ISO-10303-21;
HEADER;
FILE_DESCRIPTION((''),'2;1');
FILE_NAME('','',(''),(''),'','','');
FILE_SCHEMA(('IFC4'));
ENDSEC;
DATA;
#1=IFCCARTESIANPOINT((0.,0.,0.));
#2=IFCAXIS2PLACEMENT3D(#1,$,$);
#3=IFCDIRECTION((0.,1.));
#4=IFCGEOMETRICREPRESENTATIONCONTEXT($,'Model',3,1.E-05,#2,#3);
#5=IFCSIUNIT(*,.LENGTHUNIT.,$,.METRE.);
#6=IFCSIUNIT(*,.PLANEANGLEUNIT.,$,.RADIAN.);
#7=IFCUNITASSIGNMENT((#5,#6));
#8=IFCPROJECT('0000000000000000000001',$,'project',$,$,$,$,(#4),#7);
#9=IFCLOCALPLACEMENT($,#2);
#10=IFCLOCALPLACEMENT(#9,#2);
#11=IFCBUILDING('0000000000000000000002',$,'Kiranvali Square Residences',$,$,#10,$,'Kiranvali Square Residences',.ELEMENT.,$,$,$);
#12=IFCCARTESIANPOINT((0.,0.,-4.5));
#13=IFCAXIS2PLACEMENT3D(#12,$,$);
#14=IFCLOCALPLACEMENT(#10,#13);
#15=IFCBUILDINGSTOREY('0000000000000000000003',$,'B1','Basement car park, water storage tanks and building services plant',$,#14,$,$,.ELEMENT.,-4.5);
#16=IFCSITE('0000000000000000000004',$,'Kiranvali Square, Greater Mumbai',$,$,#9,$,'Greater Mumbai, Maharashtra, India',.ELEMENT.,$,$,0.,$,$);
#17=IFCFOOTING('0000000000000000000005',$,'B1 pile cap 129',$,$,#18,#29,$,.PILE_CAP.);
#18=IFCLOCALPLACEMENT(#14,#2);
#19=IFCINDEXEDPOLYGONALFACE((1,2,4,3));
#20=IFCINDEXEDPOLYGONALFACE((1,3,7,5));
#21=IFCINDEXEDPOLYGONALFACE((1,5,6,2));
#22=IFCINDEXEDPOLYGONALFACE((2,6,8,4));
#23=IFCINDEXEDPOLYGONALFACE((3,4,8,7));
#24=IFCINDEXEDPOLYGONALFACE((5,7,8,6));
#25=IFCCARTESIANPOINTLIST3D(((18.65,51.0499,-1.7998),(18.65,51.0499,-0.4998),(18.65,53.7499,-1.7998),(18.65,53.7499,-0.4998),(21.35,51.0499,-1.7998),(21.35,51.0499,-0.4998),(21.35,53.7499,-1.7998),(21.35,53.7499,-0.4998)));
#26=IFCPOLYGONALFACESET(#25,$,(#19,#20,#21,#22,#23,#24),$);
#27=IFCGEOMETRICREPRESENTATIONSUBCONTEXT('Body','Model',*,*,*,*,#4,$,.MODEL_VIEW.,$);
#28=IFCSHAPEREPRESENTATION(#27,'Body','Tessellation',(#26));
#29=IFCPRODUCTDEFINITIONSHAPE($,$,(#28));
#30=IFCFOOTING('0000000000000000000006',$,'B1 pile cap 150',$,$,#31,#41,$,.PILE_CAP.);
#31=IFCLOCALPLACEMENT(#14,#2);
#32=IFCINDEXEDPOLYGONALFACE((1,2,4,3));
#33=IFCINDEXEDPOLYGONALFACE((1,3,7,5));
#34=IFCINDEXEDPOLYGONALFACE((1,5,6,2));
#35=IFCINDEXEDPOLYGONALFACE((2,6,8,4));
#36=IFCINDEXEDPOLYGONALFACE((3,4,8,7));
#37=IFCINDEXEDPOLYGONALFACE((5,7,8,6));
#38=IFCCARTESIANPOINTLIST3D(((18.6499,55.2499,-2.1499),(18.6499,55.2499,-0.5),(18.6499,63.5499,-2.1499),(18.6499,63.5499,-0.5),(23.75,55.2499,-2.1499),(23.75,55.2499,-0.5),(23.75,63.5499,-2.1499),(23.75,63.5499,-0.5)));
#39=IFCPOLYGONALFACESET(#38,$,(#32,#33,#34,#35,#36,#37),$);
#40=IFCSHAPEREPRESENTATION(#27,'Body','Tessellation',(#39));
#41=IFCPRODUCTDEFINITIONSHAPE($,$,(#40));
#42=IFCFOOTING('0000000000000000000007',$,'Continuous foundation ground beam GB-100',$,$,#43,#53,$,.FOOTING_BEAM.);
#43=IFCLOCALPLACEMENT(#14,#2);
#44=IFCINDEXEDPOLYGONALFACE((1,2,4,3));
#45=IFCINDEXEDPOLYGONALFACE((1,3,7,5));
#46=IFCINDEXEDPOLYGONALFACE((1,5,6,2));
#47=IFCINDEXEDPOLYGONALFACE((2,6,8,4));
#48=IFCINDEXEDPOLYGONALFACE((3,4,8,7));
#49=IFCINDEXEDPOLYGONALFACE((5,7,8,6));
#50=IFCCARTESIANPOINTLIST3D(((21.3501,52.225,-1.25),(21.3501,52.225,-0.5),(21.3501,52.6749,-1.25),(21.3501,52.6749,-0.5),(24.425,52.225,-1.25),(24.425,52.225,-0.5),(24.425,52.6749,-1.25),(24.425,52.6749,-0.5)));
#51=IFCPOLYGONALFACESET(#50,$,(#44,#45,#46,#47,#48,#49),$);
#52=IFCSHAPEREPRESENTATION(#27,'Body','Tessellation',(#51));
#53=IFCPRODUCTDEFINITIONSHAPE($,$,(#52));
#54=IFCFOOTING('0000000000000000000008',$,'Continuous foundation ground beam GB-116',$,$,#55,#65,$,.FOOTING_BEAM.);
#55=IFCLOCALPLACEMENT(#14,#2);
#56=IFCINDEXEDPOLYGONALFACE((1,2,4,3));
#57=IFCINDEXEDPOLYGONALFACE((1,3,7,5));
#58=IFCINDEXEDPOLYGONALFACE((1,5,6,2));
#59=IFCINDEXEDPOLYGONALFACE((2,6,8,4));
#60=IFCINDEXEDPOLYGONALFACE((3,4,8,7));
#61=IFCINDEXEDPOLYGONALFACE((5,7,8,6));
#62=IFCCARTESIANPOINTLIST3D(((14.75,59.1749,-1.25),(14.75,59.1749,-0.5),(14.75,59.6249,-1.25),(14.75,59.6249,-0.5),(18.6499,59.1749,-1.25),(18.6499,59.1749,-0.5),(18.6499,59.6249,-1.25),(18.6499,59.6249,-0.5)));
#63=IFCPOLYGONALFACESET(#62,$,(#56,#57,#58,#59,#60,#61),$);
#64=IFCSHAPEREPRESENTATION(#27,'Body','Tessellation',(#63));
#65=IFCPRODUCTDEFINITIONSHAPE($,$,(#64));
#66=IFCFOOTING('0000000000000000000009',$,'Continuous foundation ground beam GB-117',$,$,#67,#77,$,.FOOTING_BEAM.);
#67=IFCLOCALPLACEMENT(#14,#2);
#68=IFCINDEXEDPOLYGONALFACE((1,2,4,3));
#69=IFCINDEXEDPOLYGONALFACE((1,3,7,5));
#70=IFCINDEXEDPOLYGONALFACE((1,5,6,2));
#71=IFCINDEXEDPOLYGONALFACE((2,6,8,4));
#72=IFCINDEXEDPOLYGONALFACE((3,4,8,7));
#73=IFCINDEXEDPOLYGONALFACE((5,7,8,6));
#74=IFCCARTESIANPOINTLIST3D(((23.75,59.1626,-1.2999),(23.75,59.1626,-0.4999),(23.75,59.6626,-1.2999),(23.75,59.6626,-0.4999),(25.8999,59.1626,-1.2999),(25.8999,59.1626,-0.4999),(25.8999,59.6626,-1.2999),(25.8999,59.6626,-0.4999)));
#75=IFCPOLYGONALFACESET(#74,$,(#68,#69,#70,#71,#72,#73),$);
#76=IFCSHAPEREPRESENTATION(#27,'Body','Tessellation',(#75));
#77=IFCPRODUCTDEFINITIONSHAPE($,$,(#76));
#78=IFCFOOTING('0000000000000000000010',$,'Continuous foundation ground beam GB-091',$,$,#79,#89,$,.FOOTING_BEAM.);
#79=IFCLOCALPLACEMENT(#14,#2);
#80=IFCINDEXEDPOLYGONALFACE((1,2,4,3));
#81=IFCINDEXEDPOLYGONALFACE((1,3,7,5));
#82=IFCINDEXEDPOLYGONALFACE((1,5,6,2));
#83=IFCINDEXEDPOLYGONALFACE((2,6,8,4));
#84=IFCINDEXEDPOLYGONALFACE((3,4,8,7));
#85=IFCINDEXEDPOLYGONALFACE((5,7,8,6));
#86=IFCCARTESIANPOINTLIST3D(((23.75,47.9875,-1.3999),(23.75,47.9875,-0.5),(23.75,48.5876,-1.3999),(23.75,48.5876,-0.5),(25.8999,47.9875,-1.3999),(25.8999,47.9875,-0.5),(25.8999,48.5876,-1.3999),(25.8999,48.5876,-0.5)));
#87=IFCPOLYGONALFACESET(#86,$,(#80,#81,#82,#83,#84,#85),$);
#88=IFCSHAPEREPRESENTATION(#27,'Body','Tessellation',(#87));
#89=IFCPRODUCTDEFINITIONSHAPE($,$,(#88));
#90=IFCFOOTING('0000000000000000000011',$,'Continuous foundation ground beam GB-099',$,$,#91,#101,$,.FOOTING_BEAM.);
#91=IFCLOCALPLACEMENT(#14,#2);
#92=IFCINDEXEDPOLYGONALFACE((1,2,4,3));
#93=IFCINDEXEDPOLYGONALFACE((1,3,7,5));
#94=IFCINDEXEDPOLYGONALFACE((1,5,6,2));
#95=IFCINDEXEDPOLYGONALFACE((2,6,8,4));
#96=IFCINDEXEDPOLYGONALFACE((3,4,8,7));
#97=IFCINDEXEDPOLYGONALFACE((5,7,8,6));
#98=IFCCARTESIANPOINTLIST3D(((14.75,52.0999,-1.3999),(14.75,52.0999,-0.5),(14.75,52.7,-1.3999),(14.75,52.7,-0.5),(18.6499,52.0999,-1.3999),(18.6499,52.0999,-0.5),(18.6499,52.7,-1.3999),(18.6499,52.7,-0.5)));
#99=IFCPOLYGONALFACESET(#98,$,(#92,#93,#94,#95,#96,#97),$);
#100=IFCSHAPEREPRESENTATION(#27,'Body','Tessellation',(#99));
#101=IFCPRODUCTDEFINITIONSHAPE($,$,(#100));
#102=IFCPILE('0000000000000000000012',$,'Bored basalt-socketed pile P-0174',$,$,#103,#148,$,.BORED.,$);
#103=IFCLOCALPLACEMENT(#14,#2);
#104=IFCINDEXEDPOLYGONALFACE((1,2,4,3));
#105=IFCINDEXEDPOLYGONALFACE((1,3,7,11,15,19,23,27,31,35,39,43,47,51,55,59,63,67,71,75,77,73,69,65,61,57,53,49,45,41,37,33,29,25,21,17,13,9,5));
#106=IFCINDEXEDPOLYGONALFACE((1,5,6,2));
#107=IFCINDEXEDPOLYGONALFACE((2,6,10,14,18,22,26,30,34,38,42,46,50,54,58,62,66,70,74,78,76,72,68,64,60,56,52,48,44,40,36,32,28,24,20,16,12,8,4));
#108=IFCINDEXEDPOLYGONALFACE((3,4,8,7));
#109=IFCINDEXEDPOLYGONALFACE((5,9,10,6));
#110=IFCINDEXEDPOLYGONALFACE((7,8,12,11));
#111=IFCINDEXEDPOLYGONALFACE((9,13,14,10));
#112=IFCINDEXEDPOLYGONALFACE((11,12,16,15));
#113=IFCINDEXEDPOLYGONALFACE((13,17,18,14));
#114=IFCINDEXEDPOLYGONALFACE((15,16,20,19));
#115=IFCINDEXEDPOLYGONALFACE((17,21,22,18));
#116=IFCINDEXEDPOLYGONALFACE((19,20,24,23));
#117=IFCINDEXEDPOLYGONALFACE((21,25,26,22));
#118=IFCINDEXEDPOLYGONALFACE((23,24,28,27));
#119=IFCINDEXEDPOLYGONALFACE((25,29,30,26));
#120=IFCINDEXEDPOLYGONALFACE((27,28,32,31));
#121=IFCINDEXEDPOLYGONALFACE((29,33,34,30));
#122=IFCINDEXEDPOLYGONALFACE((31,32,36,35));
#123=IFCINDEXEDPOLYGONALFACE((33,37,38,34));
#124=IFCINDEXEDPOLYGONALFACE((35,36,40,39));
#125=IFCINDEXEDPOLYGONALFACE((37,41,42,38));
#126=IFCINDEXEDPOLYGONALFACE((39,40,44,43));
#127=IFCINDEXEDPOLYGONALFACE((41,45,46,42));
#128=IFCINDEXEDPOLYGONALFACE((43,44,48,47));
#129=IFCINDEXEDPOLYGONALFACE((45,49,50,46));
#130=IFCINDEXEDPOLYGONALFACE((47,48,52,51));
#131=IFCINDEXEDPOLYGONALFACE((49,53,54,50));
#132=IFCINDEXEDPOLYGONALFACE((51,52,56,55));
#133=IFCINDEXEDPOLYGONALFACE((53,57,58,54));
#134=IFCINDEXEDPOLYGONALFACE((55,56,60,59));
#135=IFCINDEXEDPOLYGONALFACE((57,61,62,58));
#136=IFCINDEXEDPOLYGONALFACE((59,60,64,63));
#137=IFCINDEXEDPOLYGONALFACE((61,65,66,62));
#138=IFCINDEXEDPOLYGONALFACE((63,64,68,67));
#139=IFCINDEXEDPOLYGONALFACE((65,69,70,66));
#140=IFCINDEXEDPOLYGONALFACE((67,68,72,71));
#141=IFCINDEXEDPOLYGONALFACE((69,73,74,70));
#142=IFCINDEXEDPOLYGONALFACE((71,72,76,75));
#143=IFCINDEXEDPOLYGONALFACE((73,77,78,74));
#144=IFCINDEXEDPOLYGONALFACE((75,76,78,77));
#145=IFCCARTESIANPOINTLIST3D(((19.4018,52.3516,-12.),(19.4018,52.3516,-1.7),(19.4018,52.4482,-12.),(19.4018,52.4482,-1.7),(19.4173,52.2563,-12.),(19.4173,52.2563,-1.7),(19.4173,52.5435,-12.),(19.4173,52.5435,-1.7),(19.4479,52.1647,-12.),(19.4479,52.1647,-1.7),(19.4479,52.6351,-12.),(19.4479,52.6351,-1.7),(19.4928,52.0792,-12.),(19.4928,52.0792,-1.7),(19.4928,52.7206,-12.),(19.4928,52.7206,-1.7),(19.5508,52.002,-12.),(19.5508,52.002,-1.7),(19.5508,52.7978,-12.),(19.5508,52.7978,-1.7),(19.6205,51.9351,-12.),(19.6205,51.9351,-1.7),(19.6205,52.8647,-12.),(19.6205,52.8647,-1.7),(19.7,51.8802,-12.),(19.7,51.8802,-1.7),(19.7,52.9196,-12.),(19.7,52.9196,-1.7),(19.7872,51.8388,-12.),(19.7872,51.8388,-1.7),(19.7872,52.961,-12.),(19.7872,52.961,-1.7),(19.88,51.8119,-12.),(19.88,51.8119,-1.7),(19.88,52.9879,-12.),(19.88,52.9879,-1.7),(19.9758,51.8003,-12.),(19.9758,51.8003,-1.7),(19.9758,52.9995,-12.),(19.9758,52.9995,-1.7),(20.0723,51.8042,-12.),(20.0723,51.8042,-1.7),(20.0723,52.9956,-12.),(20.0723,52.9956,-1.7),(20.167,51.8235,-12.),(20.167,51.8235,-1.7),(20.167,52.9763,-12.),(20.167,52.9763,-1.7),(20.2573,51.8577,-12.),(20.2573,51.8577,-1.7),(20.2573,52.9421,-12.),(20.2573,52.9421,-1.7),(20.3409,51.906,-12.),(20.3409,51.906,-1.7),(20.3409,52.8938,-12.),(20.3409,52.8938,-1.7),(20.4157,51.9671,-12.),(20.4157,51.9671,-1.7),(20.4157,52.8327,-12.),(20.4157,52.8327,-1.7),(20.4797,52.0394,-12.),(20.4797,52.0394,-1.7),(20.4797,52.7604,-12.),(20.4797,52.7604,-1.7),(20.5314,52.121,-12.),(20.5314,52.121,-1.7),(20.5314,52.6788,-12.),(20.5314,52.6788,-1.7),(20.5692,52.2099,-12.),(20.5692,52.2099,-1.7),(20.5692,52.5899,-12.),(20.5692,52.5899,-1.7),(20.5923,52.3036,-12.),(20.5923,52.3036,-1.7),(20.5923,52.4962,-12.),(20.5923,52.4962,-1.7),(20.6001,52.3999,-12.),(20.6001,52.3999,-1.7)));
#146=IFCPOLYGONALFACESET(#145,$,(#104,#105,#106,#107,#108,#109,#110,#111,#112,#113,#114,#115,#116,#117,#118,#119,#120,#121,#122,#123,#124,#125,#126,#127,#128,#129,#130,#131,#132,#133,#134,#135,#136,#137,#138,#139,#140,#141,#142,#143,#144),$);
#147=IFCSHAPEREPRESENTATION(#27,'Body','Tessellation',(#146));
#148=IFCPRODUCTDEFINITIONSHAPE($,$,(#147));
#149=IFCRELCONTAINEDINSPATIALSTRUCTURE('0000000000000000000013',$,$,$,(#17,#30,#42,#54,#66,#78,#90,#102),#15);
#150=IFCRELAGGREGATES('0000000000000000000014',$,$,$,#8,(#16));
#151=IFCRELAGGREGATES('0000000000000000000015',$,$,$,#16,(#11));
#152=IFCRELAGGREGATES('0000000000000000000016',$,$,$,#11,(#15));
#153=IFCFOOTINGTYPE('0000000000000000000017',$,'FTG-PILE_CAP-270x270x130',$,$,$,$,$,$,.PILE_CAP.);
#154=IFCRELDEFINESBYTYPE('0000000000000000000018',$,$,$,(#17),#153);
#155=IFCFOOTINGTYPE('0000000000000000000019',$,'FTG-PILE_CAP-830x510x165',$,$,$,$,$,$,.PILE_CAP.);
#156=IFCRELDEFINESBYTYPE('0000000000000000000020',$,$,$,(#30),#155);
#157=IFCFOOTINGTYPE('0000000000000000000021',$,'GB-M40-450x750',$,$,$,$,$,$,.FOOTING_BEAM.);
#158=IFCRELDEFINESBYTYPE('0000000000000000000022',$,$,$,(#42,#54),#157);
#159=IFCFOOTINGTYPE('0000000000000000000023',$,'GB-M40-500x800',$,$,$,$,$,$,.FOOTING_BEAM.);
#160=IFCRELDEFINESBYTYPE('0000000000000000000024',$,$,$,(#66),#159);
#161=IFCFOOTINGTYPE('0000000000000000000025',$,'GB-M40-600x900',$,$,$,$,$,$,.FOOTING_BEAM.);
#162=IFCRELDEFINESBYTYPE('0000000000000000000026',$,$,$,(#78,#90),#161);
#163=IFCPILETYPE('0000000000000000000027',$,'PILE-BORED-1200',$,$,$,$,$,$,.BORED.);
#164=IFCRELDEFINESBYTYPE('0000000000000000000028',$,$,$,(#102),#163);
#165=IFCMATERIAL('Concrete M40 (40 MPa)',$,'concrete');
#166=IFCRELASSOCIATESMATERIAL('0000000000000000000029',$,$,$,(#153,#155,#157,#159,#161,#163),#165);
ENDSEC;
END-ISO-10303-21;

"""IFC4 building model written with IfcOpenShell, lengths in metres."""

from ifc_helpers import new_model, si_unit, direction, frame, origin, origin_2d, place, context, subcontext, project, spatial, rectangle, circle, extrude, material, material_profile, profile_set, type_object, element, save


model = new_model("IFC4")

# Units and contexts
model_context = context("Model", 3, precision=1e-05, world=origin(), true_north=direction((0.0, 1.0)))
body_context = subcontext(model_context, "Body", "Model", "MODEL_VIEW")
ifc_project = project(units=[si_unit("LENGTHUNIT", "METRE"), si_unit("PLANEANGLEUNIT", "RADIAN")], contexts=[model_context])

# Site, building, storey
site_placement = place(None, origin())
site = spatial("IfcSite", under=ifc_project, at=site_placement, Name="Kiranvali Square, Greater Mumbai", LongName="Greater Mumbai, Maharashtra, India", CompositionType="ELEMENT", RefElevation=0.0)
building_placement = place(site_placement, origin())
building = spatial("IfcBuilding", under=site, at=building_placement, Name="Kiranvali Square Residences", LongName="Kiranvali Square Residences", CompositionType="ELEMENT")
storey_placement = place(building_placement, frame((0.0, 0.0, -4.5)))
storey = spatial("IfcBuildingStorey", under=building, at=storey_placement, Name="B1", Description="Basement car park, water storage tanks and building services plant", CompositionType="ELEMENT", Elevation=-4.5)

# Footings
ifc_material_1 = material(Name="Concrete M40 (40 MPa)", Category="concrete")
footing_type_1 = type_object("IfcFootingType", Name="FTG-PILE_CAP-270x270x130", PredefinedType="PILE_CAP", material=ifc_material_1)
footing_1_placement = place(storey_placement, frame((20.0, 52.3999, -1.7998), z_axis=(0.0, 0.0, 1.0), x_axis=(1.0, 0.0, 0.0)))
element("IfcFooting", 1, at=footing_1_placement, inside=storey, type_object=footing_type_1, Name="B1 pile cap 129", PredefinedType="PILE_CAP", context=body_context, shape_type="SweptSolid", body=[
    extrude(rectangle(XDim=2.7, YDim=2.7, at=origin_2d()), origin(), (0.0, 0.0, 1.0), 1.3),
])
footing_type_2 = type_object("IfcFootingType", Name="FTG-PILE_CAP-830x510x165", PredefinedType="PILE_CAP", material=ifc_material_1)
footing_2_placement = place(storey_placement, frame((21.2, 59.3999, -2.1499), z_axis=(0.0, 0.0, 1.0), x_axis=(0.0, 1.0, 0.0)))
element("IfcFooting", 2, at=footing_2_placement, inside=storey, type_object=footing_type_2, Name="B1 pile cap 150", PredefinedType="PILE_CAP", context=body_context, shape_type="SweptSolid", body=[
    extrude(rectangle(XDim=8.3, YDim=5.1001, at=origin_2d()), origin(), (0.0, 0.0, 1.0), 1.6499),
])
ifc_material_profile_1 = material_profile(ifc_material_1, rectangle(XDim=0.45, YDim=0.75, at=origin_2d()), Name="GB 450x750")
ifc_profile_set_1 = profile_set([ifc_material_profile_1], Name="Concrete M40 (40 MPa)")
footing_type_3 = type_object("IfcFootingType", Name="GB-M40-450x750", PredefinedType="FOOTING_BEAM", material=ifc_profile_set_1)
footing_3_placement = place(storey_placement, frame((21.3501, 52.45, -0.875), z_axis=(1.0, 0.0, 0.0), x_axis=(0.0, 1.0, 0.0)))
element("IfcFooting", 3, at=footing_3_placement, inside=storey, type_object=footing_type_3, Name="Continuous foundation ground beam GB-100", PredefinedType="FOOTING_BEAM", context=body_context, shape_type="SweptSolid", body=[
    extrude(rectangle(XDim=0.45, YDim=0.75, at=origin_2d()), origin(), (0.0, 0.0, 1.0), 3.075),
])
footing_4_placement = place(storey_placement, frame((14.75, 59.3999, -0.875), z_axis=(1.0, 0.0, 0.0), x_axis=(0.0, 1.0, 0.0)))
element("IfcFooting", 4, at=footing_4_placement, inside=storey, type_object=footing_type_3, Name="Continuous foundation ground beam GB-116", PredefinedType="FOOTING_BEAM", context=body_context, shape_type="SweptSolid", body=[
    extrude(rectangle(XDim=0.45, YDim=0.75, at=origin_2d()), origin(), (0.0, 0.0, 1.0), 3.8999),
])
ifc_material_profile_2 = material_profile(ifc_material_1, rectangle(XDim=0.5, YDim=0.8, at=origin_2d()), Name="GB 500x800")
ifc_profile_set_2 = profile_set([ifc_material_profile_2], Name="Concrete M40 (40 MPa)")
footing_type_4 = type_object("IfcFootingType", Name="GB-M40-500x800", PredefinedType="FOOTING_BEAM", material=ifc_profile_set_2)
footing_5_placement = place(storey_placement, frame((23.75, 59.4126, -0.8999), z_axis=(1.0, 0.0, 0.0), x_axis=(0.0, 1.0, 0.0)))
element("IfcFooting", 5, at=footing_5_placement, inside=storey, type_object=footing_type_4, Name="Continuous foundation ground beam GB-117", PredefinedType="FOOTING_BEAM", context=body_context, shape_type="SweptSolid", body=[
    extrude(rectangle(XDim=0.5, YDim=0.8, at=origin_2d()), origin(), (0.0, 0.0, 1.0), 2.1499),
])
ifc_material_profile_3 = material_profile(ifc_material_1, rectangle(XDim=0.6001, YDim=0.8999, at=origin_2d()), Name="GB 600x900")
ifc_profile_set_3 = profile_set([ifc_material_profile_3], Name="Concrete M40 (40 MPa)")
footing_type_5 = type_object("IfcFootingType", Name="GB-M40-600x900", PredefinedType="FOOTING_BEAM", material=ifc_profile_set_3)
footing_6_placement = place(storey_placement, frame((23.75, 48.2876, -0.95), z_axis=(1.0, 0.0, 0.0), x_axis=(0.0, 1.0, 0.0)))
element("IfcFooting", 6, at=footing_6_placement, inside=storey, type_object=footing_type_5, Name="Continuous foundation ground beam GB-091", PredefinedType="FOOTING_BEAM", context=body_context, shape_type="SweptSolid", body=[
    extrude(rectangle(XDim=0.6001, YDim=0.8999, at=origin_2d()), origin(), (0.0, 0.0, 1.0), 2.1499),
])
footing_7_placement = place(storey_placement, frame((14.75, 52.3999, -0.95), z_axis=(1.0, 0.0, 0.0), x_axis=(0.0, 1.0, 0.0)))
element("IfcFooting", 7, at=footing_7_placement, inside=storey, type_object=footing_type_5, Name="Continuous foundation ground beam GB-099", PredefinedType="FOOTING_BEAM", context=body_context, shape_type="SweptSolid", body=[
    extrude(rectangle(XDim=0.6001, YDim=0.8999, at=origin_2d()), origin(), (0.0, 0.0, 1.0), 3.8999),
])

# Pile
ifc_material_profile_4 = material_profile(ifc_material_1, circle(Radius=0.6001, at=origin_2d()), Name="BORED PILE 1200")
ifc_profile_set_4 = profile_set([ifc_material_profile_4], Name="Concrete M40 (40 MPa)")
pile_type = type_object("IfcPileType", Name="PILE-BORED-1200", PredefinedType="BORED", material=ifc_profile_set_4)
pile_1_placement = place(storey_placement, frame((20.0, 52.3999, -1.7), z_axis=(0.0, 0.0, -1.0), x_axis=(1.0, 0.0, 0.0)))
element("IfcPile", 8, at=pile_1_placement, inside=storey, type_object=pile_type, Name="Bored basalt-socketed pile P-0174", PredefinedType="BORED", context=body_context, shape_type="SweptSolid", body=[
    extrude(circle(Radius=0.6001, at=origin_2d()), origin(), (0.0, 0.0, 1.0), 10.3),
])

save(model, "model.ifc")
